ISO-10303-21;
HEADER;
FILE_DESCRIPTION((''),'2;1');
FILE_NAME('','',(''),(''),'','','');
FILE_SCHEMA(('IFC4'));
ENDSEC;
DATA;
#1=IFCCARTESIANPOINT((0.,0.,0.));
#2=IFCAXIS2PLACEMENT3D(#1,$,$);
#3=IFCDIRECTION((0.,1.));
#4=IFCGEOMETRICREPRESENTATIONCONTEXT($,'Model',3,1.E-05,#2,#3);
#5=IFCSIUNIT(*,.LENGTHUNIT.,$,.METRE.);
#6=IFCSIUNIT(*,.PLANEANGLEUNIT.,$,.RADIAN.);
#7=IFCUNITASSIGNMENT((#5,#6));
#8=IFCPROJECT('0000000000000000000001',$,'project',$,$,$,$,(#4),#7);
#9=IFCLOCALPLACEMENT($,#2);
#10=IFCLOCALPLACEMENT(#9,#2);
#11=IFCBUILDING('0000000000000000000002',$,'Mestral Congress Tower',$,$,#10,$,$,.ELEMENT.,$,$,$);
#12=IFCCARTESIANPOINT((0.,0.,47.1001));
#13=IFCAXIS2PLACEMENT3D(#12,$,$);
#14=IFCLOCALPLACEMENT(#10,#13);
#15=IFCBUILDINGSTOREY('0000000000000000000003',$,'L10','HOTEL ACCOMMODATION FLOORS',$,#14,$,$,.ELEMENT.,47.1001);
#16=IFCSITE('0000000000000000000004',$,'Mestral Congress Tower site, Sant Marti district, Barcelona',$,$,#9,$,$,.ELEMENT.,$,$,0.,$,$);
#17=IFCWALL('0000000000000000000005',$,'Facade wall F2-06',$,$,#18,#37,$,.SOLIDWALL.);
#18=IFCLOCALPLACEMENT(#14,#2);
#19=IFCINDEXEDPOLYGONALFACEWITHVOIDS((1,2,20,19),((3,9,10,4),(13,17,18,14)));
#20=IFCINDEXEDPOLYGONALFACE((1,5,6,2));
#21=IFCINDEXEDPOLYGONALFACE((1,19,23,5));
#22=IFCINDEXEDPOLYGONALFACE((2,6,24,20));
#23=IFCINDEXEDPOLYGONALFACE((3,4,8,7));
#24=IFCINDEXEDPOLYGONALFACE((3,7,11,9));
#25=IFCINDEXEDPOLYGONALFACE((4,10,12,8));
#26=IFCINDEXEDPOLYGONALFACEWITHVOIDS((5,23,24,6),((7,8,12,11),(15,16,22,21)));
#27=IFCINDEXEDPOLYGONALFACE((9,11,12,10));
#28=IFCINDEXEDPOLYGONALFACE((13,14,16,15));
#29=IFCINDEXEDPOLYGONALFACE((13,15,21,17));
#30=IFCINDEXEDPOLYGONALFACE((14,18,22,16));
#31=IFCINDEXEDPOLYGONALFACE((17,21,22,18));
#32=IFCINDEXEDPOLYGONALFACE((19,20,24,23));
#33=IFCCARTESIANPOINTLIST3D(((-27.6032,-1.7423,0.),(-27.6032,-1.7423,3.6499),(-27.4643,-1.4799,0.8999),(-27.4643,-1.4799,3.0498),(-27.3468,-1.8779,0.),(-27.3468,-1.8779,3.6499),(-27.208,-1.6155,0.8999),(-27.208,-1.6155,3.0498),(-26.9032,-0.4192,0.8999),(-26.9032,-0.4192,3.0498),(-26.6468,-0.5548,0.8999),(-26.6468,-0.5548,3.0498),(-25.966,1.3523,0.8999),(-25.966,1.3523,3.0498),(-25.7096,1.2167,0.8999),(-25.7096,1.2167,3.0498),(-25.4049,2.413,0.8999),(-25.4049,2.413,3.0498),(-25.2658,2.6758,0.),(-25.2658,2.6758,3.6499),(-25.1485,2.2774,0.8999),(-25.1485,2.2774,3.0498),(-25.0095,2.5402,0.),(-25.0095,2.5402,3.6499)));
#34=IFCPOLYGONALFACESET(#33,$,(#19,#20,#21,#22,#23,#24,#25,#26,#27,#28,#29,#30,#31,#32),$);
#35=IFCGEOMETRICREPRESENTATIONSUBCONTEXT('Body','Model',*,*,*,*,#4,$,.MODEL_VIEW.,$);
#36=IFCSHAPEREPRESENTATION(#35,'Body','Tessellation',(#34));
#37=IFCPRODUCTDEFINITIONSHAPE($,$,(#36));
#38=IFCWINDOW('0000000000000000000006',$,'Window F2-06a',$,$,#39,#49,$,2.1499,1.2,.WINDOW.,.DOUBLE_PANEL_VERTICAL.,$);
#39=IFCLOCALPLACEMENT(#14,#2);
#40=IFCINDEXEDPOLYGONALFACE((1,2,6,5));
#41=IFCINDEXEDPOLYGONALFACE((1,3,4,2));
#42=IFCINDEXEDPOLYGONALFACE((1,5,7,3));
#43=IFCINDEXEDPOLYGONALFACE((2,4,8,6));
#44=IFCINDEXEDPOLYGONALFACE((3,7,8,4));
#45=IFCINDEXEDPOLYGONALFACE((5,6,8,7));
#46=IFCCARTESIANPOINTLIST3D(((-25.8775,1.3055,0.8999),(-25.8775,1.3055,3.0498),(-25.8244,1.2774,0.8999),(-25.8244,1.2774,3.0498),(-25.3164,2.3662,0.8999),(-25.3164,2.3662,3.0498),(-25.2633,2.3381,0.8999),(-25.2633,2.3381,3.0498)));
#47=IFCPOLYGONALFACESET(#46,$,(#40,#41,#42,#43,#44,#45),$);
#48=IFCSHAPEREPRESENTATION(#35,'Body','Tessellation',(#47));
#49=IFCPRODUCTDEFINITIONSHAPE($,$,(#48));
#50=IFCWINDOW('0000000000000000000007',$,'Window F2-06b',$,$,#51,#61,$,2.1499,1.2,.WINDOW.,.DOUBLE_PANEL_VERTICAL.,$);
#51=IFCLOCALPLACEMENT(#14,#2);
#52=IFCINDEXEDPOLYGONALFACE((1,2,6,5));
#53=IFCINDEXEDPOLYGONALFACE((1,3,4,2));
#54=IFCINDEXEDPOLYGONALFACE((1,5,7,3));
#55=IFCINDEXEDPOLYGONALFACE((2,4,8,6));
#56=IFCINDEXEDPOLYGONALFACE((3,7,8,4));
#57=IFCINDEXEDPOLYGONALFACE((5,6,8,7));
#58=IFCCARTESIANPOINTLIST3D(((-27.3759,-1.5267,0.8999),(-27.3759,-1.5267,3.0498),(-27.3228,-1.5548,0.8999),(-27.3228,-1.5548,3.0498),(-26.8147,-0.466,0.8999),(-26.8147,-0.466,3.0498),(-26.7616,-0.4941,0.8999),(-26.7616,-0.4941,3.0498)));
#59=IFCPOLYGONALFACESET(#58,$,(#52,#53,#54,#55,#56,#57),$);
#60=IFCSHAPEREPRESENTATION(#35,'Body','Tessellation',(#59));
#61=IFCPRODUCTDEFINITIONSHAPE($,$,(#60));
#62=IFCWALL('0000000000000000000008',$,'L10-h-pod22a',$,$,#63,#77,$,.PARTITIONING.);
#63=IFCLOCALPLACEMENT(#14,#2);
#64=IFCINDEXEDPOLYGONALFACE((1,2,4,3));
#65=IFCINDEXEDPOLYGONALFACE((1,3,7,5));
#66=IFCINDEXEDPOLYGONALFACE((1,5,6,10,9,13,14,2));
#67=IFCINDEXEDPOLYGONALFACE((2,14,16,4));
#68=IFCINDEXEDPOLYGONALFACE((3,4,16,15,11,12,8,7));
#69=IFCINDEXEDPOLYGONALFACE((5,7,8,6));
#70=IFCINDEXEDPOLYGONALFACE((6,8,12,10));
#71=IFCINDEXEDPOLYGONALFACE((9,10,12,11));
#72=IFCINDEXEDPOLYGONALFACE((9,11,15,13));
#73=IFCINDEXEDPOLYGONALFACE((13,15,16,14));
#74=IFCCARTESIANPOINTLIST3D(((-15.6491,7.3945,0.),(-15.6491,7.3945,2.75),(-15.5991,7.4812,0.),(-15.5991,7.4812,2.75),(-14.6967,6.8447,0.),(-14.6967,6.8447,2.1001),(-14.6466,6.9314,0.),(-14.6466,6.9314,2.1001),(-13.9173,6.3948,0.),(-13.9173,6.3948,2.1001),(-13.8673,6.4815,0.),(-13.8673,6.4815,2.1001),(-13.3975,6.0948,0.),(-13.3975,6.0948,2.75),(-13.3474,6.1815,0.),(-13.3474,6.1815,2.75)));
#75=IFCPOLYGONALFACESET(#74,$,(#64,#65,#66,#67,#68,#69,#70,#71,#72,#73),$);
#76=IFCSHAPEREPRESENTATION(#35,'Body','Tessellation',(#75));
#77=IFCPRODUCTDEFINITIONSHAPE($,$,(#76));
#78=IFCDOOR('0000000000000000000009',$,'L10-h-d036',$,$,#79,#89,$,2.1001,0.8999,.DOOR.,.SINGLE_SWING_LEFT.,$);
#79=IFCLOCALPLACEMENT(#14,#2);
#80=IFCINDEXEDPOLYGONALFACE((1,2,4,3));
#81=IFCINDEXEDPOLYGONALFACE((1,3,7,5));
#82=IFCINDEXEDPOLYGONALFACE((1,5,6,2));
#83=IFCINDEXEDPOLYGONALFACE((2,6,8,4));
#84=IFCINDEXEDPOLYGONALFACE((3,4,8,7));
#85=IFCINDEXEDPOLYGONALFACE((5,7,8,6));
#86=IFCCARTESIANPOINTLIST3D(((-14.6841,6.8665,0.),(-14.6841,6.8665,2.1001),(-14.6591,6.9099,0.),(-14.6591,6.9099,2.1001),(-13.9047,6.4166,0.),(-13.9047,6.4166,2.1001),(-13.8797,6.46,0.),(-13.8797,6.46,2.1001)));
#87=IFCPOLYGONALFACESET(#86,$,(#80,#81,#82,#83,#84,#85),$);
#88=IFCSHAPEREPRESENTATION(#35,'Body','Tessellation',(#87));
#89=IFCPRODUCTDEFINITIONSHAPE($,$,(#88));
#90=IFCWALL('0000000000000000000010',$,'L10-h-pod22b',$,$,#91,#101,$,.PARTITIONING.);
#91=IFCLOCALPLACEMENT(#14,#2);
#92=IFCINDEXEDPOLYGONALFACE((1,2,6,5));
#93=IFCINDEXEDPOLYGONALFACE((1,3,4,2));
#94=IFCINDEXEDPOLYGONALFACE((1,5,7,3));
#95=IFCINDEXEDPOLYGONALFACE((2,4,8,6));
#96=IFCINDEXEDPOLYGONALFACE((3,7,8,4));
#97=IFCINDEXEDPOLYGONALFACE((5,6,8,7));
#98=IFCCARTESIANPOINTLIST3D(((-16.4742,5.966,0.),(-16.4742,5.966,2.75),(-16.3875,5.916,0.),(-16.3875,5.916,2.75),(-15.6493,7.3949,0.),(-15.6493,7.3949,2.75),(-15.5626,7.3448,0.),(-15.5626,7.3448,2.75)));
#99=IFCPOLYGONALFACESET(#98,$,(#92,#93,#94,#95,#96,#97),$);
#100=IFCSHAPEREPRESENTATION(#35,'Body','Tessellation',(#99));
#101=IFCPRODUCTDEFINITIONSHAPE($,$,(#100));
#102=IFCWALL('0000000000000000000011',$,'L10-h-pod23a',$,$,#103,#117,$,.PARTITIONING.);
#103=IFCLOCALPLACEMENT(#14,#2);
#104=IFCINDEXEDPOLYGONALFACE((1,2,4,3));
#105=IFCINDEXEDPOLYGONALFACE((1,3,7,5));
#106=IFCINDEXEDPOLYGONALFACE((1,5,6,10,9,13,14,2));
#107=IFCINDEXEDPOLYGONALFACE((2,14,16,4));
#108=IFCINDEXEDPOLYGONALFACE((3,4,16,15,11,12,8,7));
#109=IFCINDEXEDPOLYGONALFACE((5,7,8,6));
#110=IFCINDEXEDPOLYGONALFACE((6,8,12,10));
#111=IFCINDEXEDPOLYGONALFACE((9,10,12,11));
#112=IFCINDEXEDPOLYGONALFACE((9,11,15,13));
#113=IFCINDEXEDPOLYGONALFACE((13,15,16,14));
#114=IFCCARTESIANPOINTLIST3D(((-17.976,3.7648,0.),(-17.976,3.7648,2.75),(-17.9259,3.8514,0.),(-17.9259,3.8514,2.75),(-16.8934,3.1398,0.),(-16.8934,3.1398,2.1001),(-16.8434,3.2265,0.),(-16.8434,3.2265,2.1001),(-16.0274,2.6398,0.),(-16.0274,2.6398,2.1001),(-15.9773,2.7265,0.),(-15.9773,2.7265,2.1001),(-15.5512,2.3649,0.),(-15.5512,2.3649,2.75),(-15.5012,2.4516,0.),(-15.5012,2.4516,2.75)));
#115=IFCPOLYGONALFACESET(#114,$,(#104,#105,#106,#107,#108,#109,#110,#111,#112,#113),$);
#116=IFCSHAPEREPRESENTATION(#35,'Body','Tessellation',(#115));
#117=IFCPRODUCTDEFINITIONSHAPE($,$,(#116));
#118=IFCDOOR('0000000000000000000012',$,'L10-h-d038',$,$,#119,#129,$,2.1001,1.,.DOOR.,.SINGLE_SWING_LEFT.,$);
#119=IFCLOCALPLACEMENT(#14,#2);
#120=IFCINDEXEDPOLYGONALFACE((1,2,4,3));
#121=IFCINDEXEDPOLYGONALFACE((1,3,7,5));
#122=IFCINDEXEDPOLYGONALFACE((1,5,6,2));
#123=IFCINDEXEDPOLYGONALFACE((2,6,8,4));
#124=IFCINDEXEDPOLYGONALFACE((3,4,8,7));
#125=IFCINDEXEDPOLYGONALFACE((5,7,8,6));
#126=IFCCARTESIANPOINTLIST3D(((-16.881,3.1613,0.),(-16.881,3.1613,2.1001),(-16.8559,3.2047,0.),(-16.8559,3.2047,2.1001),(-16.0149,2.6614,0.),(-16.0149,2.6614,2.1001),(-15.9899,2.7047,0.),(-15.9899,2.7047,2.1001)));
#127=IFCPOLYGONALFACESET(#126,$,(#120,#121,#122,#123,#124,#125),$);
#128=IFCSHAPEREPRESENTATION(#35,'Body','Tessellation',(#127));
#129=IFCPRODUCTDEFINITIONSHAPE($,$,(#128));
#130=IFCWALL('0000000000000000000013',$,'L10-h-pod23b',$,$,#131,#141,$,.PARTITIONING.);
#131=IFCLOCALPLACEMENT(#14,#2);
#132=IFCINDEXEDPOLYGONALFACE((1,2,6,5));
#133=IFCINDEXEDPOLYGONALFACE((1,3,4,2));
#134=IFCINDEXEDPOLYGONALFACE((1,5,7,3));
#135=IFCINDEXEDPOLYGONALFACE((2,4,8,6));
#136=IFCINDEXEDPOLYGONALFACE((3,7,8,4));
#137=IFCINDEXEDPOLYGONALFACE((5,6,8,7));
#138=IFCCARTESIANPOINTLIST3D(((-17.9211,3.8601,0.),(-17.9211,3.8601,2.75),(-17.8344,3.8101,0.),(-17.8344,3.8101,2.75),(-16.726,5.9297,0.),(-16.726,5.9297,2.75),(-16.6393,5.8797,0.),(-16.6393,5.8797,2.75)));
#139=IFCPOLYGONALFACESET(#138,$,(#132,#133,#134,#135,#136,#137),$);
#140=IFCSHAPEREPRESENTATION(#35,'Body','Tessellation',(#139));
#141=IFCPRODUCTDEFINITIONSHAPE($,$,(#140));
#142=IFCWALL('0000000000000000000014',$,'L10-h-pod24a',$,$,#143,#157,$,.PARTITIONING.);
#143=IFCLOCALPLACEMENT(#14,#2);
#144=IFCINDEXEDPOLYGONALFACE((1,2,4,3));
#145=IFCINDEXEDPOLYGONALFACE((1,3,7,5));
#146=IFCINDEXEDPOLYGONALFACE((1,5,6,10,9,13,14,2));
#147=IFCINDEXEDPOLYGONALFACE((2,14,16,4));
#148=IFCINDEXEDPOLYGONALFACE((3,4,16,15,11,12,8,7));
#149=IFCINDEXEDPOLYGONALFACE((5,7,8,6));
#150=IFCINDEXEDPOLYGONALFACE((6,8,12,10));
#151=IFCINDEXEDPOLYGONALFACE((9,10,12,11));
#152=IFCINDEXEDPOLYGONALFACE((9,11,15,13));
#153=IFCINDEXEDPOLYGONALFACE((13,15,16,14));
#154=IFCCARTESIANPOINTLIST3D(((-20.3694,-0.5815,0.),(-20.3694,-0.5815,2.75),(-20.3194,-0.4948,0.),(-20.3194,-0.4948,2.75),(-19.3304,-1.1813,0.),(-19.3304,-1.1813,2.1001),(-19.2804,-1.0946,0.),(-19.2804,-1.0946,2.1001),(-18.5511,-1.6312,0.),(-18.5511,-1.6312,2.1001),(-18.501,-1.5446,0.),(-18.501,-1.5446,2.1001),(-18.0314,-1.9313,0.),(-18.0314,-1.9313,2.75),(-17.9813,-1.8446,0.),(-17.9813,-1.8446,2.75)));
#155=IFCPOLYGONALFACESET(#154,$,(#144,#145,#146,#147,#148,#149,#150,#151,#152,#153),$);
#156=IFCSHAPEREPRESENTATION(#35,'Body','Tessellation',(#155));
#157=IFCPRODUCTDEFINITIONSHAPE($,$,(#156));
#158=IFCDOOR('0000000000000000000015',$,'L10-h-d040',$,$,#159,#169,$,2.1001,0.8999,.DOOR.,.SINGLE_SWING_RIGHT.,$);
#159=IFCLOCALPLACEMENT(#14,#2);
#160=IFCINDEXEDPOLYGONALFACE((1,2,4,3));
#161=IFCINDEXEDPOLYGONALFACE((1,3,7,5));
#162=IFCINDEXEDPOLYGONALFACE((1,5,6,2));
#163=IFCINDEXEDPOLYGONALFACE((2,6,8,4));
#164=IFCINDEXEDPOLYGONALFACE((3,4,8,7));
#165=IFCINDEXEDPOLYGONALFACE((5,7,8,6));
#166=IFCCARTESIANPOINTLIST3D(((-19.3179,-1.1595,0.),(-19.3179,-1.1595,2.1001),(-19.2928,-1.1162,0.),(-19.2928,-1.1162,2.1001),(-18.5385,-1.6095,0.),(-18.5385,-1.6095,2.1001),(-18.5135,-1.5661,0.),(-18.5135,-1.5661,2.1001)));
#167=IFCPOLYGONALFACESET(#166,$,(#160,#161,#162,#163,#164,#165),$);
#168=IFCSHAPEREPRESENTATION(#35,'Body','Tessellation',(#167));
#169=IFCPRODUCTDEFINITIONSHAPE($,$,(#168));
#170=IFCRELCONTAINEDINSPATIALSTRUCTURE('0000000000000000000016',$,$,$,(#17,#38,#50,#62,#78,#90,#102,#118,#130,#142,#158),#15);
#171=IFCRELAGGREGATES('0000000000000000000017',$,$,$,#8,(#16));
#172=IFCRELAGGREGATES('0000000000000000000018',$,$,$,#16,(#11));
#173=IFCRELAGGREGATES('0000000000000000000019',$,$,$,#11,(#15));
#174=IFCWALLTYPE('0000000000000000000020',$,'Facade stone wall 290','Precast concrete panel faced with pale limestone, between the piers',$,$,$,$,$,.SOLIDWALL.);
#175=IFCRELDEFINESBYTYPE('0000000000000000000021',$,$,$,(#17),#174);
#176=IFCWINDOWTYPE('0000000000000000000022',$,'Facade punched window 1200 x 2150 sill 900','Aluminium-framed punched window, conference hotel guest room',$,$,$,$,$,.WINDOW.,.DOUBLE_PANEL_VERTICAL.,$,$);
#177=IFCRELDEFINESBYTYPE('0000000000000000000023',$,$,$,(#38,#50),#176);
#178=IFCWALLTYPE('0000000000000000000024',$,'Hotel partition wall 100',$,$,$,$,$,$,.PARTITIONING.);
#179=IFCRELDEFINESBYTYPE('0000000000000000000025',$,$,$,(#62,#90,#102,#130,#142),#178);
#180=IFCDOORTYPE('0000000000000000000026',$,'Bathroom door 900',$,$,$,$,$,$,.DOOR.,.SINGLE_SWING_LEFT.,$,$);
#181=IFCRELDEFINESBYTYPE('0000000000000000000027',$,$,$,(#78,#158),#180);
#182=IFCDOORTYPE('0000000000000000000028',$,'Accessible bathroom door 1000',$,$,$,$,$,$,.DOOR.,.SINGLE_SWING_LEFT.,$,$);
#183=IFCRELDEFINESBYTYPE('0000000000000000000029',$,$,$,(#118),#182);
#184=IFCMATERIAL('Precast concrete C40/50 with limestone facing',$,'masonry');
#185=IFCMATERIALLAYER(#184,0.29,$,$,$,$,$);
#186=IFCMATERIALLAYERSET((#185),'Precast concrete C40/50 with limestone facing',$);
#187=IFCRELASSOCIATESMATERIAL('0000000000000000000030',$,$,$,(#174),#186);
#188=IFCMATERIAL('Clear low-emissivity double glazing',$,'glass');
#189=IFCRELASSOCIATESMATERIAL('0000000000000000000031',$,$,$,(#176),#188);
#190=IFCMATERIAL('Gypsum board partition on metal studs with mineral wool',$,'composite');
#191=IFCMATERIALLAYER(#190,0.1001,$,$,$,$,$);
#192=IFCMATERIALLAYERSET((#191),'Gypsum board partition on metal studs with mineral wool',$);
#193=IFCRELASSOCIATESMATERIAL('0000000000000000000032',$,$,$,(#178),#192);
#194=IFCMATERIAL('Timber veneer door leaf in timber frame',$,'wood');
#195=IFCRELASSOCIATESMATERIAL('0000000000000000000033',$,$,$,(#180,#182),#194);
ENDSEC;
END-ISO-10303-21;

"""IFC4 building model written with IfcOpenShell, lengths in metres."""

from ifc_helpers import new_model, si_unit, direction, frame, frame_2d, origin, place, context, subcontext, project, spatial, rectangle, extrude, material, layer, layer_set, type_object, element, fill, save


model = new_model("IFC4")

# Units and contexts
model_context = context("Model", 3, precision=1e-05, world=origin(), true_north=direction((0.0, 1.0)))
body_context = subcontext(model_context, "Body", "Model", "MODEL_VIEW")
ifc_project = project(units=[si_unit("LENGTHUNIT", "METRE"), si_unit("PLANEANGLEUNIT", "RADIAN")], contexts=[model_context])

# Site, building, storey
site_placement = place(None, origin())
site = spatial("IfcSite", under=ifc_project, at=site_placement, Name="Mestral Congress Tower site, Sant Marti district, Barcelona", CompositionType="ELEMENT", RefElevation=0.0)
building_placement = place(site_placement, origin())
building = spatial("IfcBuilding", under=site, at=building_placement, Name="Mestral Congress Tower", CompositionType="ELEMENT")
storey_placement = place(building_placement, frame((0.0, 0.0, 47.1001)))
storey = spatial("IfcBuildingStorey", under=building, at=storey_placement, Name="L10", Description="HOTEL ACCOMMODATION FLOORS", CompositionType="ELEMENT", Elevation=47.1001)

# Wall, openings, windows
ifc_material_1 = material(Name="Precast concrete C40/50 with limestone facing", Category="masonry")
ifc_layer_1 = layer(ifc_material_1, 0.29)
ifc_layer_set_1 = layer_set([ifc_layer_1], Name="Precast concrete C40/50 with limestone facing")
wall_type_1 = type_object("IfcWallType", Name="Facade stone wall 290", Description="Precast concrete panel faced with pale limestone, between the piers", PredefinedType="SOLIDWALL", material=ifc_layer_set_1)
ifc_material_2 = material(Name="Clear low-emissivity double glazing", Category="glass")
window_type = type_object("IfcWindowType", Name="Facade punched window 1200 x 2150 sill 900", Description="Aluminium-framed punched window, conference hotel guest room", PartitioningType="DOUBLE_PANEL_VERTICAL", PredefinedType="WINDOW", material=ifc_material_2)
wall_1_placement = place(storey_placement, frame((-25.1377, 2.6079, 0.0), z_axis=(0.0, 0.0, 1.0), x_axis=(-0.46763, -0.883925, 0.0)))
wall_1 = element("IfcWall", 1, at=wall_1_placement, inside=storey, type_object=wall_type_1, Name="Facade wall F2-06", PredefinedType="SOLIDWALL", context=body_context, shape_type="SweptSolid", body=[
    extrude(rectangle(XDim=4.9983, YDim=0.29, at=frame_2d((2.499, 0.0))), origin(), (0.0, 0.0, 1.0), 3.6499),
])
opening_1_placement = place(wall_1_placement, frame((0.2971, 0.0, 0.8999)))
opening_1 = element("IfcOpeningElement", 2, at=opening_1_placement, cuts=wall_1, PredefinedType="OPENING", context=body_context, shape_type="SweptSolid", body=[
    extrude(rectangle(XDim=1.2, YDim=2.1499, at=frame_2d((0.6001, 1.075))), frame((0.0, 0.155, 0.0), z_axis=(0.0, -1.0, 0.0), x_axis=(1.0, 0.0, 0.0)), (0.0, 0.0, 1.0), 0.3101),
])
opening_2_placement = place(wall_1_placement, frame((3.5012, 0.0, 0.8999)))
opening_2 = element("IfcOpeningElement", 3, at=opening_2_placement, cuts=wall_1, PredefinedType="OPENING", context=body_context, shape_type="SweptSolid", body=[
    extrude(rectangle(XDim=1.2, YDim=2.1499, at=frame_2d((0.6001, 1.075))), frame((0.0, 0.155, 0.0), z_axis=(0.0, -1.0, 0.0), x_axis=(1.0, 0.0, 0.0)), (0.0, 0.0, 1.0), 0.3101),
])
window_1_placement = place(opening_1_placement, origin())
window_1 = element("IfcWindow", 4, at=window_1_placement, inside=storey, type_object=window_type, Name="Window F2-06a", OverallHeight=2.1499, OverallWidth=1.2, PartitioningType="DOUBLE_PANEL_VERTICAL", PredefinedType="WINDOW", context=body_context, shape_type="SweptSolid", body=[
    extrude(rectangle(XDim=1.2, YDim=2.1499, at=frame_2d((0.6001, 1.075))), frame((0.0, 0.0151, 0.0), z_axis=(0.0, -1.0, 0.0), x_axis=(1.0, 0.0, 0.0)), (0.0, 0.0, 1.0), 0.0601),
])
fill(opening_1, window_1)
window_2_placement = place(opening_2_placement, origin())
window_2 = element("IfcWindow", 5, at=window_2_placement, inside=storey, type_object=window_type, Name="Window F2-06b", OverallHeight=2.1499, OverallWidth=1.2, PartitioningType="DOUBLE_PANEL_VERTICAL", PredefinedType="WINDOW", context=body_context, shape_type="SweptSolid", body=[
    extrude(rectangle(XDim=1.2, YDim=2.1499, at=frame_2d((0.6001, 1.075))), frame((0.0, 0.0151, 0.0), z_axis=(0.0, -1.0, 0.0), x_axis=(1.0, 0.0, 0.0)), (0.0, 0.0, 1.0), 0.0601),
])
fill(opening_2, window_2)

# Wall, opening, door
ifc_material_3 = material(Name="Gypsum board partition on metal studs with mineral wool", Category="composite")
ifc_layer_2 = layer(ifc_material_3, 0.1001)
ifc_layer_set_2 = layer_set([ifc_layer_2], Name="Gypsum board partition on metal studs with mineral wool")
wall_type_2 = type_object("IfcWallType", Name="Hotel partition wall 100", PredefinedType="PARTITIONING", material=ifc_layer_set_2)
wall_2_placement = place(storey_placement, frame((-13.3726, 6.1382, 0.0), z_axis=(0.0, 0.0, 1.0), x_axis=(-0.866062, 0.499937, 0.0)))
wall_2 = element("IfcWall", 6, at=wall_2_placement, inside=storey, type_object=wall_type_2, Name="L10-h-pod22a", PredefinedType="PARTITIONING", context=body_context, shape_type="SweptSolid", body=[
    extrude(rectangle(XDim=2.5999, YDim=0.1001, at=frame_2d((1.2998, 0.0))), origin(), (0.0, 0.0, 1.0), 2.75),
])
opening_3_placement = place(wall_2_placement, frame((0.6001, 0.0, 0.0)))
opening_3 = element("IfcOpeningElement", 7, at=opening_3_placement, cuts=wall_2, PredefinedType="OPENING", context=body_context, shape_type="SweptSolid", body=[
    extrude(rectangle(XDim=0.8999, YDim=2.1001, at=frame_2d((0.45, 1.05))), frame((0.0, 0.0601, 0.0), z_axis=(0.0, -1.0, 0.0), x_axis=(1.0, 0.0, 0.0)), (0.0, 0.0, 1.0), 0.1201),
])
ifc_material_4 = material(Name="Timber veneer door leaf in timber frame", Category="wood")
door_type_1 = type_object("IfcDoorType", Name="Bathroom door 900", OperationType="SINGLE_SWING_LEFT", PredefinedType="DOOR", material=ifc_material_4)
door_1_placement = place(opening_3_placement, origin())
door_1 = element("IfcDoor", 8, at=door_1_placement, inside=storey, type_object=door_type_1, Name="L10-h-d036", OperationType="SINGLE_SWING_LEFT", OverallHeight=2.1001, OverallWidth=0.8999, PredefinedType="DOOR", context=body_context, shape_type="SweptSolid", body=[
    extrude(rectangle(XDim=0.8999, YDim=2.1001, at=frame_2d((0.45, 1.05))), frame((0.0, 0.0249, 0.0), z_axis=(0.0, -1.0, 0.0), x_axis=(1.0, 0.0, 0.0)), (0.0, 0.0, 1.0), 0.05),
])
fill(opening_3, door_1)

# Wall
wall_3_placement = place(storey_placement, frame((-15.606, 7.3699, 0.0), z_axis=(0.0, 0.0, 1.0), x_axis=(-0.499974, -0.86604, 0.0)))
element("IfcWall", 9, at=wall_3_placement, inside=storey, type_object=wall_type_2, Name="L10-h-pod22b", PredefinedType="PARTITIONING", context=body_context, shape_type="SweptSolid", body=[
    extrude(rectangle(XDim=1.6499, YDim=0.1001, at=frame_2d((0.825, 0.0))), origin(), (0.0, 0.0, 1.0), 2.75),
])

# Wall, opening, door
wall_4_placement = place(storey_placement, frame((-17.9509, 3.8081, 0.0), z_axis=(0.0, 0.0, 1.0), x_axis=(0.866035, -0.499984, 0.0)))
wall_4 = element("IfcWall", 10, at=wall_4_placement, inside=storey, type_object=wall_type_2, Name="L10-h-pod23a", PredefinedType="PARTITIONING", context=body_context, shape_type="SweptSolid", body=[
    extrude(rectangle(XDim=2.7998, YDim=0.1001, at=frame_2d((1.3999, 0.0))), origin(), (0.0, 0.0, 1.0), 2.75),
])
opening_4_placement = place(wall_4_placement, frame((1.25, 0.0, 0.0)))
opening_4 = element("IfcOpeningElement", 11, at=opening_4_placement, cuts=wall_4, PredefinedType="OPENING", context=body_context, shape_type="SweptSolid", body=[
    extrude(rectangle(XDim=1.0, YDim=2.1001, at=frame_2d((0.5, 1.05))), frame((0.0, 0.0601, 0.0), z_axis=(0.0, -1.0, 0.0), x_axis=(1.0, 0.0, 0.0)), (0.0, 0.0, 1.0), 0.1201),
])
door_type_2 = type_object("IfcDoorType", Name="Accessible bathroom door 1000", OperationType="SINGLE_SWING_LEFT", PredefinedType="DOOR", material=ifc_material_4)
door_2_placement = place(opening_4_placement, origin())
door_2 = element("IfcDoor", 12, at=door_2_placement, inside=storey, type_object=door_type_2, Name="L10-h-d038", OperationType="SINGLE_SWING_LEFT", OverallHeight=2.1001, OverallWidth=1.0, PredefinedType="DOOR", context=body_context, shape_type="SweptSolid", body=[
    extrude(rectangle(XDim=1.0, YDim=2.1001, at=frame_2d((0.5, 1.05))), frame((0.0, 0.0249, 0.0), z_axis=(0.0, -1.0, 0.0), x_axis=(1.0, 0.0, 0.0)), (0.0, 0.0, 1.0), 0.05),
])
fill(opening_4, door_2)

# Wall
wall_5_placement = place(storey_placement, frame((-17.8777, 3.8352, 0.0), z_axis=(0.0, 0.0, 1.0), x_axis=(0.500061, 0.86599, 0.0)))
element("IfcWall", 13, at=wall_5_placement, inside=storey, type_object=wall_type_2, Name="L10-h-pod23b", PredefinedType="PARTITIONING", context=body_context, shape_type="SweptSolid", body=[
    extrude(rectangle(XDim=2.3899, YDim=0.1001, at=frame_2d((1.1948, 0.0))), origin(), (0.0, 0.0, 1.0), 2.75),
])

# Wall, opening, door
wall_6_placement = place(storey_placement, frame((-18.0063, -1.8879, 0.0), z_axis=(0.0, 0.0, 1.0), x_axis=(-0.866037, 0.499981, 0.0)))
wall_6 = element("IfcWall", 14, at=wall_6_placement, inside=storey, type_object=wall_type_2, Name="L10-h-pod24a", PredefinedType="PARTITIONING", context=body_context, shape_type="SweptSolid", body=[
    extrude(rectangle(XDim=2.6997, YDim=0.1001, at=frame_2d((1.3499, 0.0))), origin(), (0.0, 0.0, 1.0), 2.75),
])
opening_5_placement = place(wall_6_placement, frame((0.6001, 0.0, 0.0)))
opening_5 = element("IfcOpeningElement", 15, at=opening_5_placement, cuts=wall_6, PredefinedType="OPENING", context=body_context, shape_type="SweptSolid", body=[
    extrude(rectangle(XDim=0.8999, YDim=2.1001, at=frame_2d((0.45, 1.05))), frame((0.0, 0.0601, 0.0), z_axis=(0.0, -1.0, 0.0), x_axis=(1.0, 0.0, 0.0)), (0.0, 0.0, 1.0), 0.1201),
])
door_3_placement = place(opening_5_placement, origin())
door_3 = element("IfcDoor", 16, at=door_3_placement, inside=storey, type_object=door_type_1, Name="L10-h-d040", OperationType="SINGLE_SWING_RIGHT", OverallHeight=2.1001, OverallWidth=0.8999, PredefinedType="DOOR", context=body_context, shape_type="SweptSolid", body=[
    extrude(rectangle(XDim=0.8999, YDim=2.1001, at=frame_2d((0.45, 1.05))), frame((0.0, 0.0249, 0.0), z_axis=(0.0, -1.0, 0.0), x_axis=(1.0, 0.0, 0.0)), (0.0, 0.0, 1.0), 0.05),
])
fill(opening_5, door_3)

save(model, "model.ifc")
